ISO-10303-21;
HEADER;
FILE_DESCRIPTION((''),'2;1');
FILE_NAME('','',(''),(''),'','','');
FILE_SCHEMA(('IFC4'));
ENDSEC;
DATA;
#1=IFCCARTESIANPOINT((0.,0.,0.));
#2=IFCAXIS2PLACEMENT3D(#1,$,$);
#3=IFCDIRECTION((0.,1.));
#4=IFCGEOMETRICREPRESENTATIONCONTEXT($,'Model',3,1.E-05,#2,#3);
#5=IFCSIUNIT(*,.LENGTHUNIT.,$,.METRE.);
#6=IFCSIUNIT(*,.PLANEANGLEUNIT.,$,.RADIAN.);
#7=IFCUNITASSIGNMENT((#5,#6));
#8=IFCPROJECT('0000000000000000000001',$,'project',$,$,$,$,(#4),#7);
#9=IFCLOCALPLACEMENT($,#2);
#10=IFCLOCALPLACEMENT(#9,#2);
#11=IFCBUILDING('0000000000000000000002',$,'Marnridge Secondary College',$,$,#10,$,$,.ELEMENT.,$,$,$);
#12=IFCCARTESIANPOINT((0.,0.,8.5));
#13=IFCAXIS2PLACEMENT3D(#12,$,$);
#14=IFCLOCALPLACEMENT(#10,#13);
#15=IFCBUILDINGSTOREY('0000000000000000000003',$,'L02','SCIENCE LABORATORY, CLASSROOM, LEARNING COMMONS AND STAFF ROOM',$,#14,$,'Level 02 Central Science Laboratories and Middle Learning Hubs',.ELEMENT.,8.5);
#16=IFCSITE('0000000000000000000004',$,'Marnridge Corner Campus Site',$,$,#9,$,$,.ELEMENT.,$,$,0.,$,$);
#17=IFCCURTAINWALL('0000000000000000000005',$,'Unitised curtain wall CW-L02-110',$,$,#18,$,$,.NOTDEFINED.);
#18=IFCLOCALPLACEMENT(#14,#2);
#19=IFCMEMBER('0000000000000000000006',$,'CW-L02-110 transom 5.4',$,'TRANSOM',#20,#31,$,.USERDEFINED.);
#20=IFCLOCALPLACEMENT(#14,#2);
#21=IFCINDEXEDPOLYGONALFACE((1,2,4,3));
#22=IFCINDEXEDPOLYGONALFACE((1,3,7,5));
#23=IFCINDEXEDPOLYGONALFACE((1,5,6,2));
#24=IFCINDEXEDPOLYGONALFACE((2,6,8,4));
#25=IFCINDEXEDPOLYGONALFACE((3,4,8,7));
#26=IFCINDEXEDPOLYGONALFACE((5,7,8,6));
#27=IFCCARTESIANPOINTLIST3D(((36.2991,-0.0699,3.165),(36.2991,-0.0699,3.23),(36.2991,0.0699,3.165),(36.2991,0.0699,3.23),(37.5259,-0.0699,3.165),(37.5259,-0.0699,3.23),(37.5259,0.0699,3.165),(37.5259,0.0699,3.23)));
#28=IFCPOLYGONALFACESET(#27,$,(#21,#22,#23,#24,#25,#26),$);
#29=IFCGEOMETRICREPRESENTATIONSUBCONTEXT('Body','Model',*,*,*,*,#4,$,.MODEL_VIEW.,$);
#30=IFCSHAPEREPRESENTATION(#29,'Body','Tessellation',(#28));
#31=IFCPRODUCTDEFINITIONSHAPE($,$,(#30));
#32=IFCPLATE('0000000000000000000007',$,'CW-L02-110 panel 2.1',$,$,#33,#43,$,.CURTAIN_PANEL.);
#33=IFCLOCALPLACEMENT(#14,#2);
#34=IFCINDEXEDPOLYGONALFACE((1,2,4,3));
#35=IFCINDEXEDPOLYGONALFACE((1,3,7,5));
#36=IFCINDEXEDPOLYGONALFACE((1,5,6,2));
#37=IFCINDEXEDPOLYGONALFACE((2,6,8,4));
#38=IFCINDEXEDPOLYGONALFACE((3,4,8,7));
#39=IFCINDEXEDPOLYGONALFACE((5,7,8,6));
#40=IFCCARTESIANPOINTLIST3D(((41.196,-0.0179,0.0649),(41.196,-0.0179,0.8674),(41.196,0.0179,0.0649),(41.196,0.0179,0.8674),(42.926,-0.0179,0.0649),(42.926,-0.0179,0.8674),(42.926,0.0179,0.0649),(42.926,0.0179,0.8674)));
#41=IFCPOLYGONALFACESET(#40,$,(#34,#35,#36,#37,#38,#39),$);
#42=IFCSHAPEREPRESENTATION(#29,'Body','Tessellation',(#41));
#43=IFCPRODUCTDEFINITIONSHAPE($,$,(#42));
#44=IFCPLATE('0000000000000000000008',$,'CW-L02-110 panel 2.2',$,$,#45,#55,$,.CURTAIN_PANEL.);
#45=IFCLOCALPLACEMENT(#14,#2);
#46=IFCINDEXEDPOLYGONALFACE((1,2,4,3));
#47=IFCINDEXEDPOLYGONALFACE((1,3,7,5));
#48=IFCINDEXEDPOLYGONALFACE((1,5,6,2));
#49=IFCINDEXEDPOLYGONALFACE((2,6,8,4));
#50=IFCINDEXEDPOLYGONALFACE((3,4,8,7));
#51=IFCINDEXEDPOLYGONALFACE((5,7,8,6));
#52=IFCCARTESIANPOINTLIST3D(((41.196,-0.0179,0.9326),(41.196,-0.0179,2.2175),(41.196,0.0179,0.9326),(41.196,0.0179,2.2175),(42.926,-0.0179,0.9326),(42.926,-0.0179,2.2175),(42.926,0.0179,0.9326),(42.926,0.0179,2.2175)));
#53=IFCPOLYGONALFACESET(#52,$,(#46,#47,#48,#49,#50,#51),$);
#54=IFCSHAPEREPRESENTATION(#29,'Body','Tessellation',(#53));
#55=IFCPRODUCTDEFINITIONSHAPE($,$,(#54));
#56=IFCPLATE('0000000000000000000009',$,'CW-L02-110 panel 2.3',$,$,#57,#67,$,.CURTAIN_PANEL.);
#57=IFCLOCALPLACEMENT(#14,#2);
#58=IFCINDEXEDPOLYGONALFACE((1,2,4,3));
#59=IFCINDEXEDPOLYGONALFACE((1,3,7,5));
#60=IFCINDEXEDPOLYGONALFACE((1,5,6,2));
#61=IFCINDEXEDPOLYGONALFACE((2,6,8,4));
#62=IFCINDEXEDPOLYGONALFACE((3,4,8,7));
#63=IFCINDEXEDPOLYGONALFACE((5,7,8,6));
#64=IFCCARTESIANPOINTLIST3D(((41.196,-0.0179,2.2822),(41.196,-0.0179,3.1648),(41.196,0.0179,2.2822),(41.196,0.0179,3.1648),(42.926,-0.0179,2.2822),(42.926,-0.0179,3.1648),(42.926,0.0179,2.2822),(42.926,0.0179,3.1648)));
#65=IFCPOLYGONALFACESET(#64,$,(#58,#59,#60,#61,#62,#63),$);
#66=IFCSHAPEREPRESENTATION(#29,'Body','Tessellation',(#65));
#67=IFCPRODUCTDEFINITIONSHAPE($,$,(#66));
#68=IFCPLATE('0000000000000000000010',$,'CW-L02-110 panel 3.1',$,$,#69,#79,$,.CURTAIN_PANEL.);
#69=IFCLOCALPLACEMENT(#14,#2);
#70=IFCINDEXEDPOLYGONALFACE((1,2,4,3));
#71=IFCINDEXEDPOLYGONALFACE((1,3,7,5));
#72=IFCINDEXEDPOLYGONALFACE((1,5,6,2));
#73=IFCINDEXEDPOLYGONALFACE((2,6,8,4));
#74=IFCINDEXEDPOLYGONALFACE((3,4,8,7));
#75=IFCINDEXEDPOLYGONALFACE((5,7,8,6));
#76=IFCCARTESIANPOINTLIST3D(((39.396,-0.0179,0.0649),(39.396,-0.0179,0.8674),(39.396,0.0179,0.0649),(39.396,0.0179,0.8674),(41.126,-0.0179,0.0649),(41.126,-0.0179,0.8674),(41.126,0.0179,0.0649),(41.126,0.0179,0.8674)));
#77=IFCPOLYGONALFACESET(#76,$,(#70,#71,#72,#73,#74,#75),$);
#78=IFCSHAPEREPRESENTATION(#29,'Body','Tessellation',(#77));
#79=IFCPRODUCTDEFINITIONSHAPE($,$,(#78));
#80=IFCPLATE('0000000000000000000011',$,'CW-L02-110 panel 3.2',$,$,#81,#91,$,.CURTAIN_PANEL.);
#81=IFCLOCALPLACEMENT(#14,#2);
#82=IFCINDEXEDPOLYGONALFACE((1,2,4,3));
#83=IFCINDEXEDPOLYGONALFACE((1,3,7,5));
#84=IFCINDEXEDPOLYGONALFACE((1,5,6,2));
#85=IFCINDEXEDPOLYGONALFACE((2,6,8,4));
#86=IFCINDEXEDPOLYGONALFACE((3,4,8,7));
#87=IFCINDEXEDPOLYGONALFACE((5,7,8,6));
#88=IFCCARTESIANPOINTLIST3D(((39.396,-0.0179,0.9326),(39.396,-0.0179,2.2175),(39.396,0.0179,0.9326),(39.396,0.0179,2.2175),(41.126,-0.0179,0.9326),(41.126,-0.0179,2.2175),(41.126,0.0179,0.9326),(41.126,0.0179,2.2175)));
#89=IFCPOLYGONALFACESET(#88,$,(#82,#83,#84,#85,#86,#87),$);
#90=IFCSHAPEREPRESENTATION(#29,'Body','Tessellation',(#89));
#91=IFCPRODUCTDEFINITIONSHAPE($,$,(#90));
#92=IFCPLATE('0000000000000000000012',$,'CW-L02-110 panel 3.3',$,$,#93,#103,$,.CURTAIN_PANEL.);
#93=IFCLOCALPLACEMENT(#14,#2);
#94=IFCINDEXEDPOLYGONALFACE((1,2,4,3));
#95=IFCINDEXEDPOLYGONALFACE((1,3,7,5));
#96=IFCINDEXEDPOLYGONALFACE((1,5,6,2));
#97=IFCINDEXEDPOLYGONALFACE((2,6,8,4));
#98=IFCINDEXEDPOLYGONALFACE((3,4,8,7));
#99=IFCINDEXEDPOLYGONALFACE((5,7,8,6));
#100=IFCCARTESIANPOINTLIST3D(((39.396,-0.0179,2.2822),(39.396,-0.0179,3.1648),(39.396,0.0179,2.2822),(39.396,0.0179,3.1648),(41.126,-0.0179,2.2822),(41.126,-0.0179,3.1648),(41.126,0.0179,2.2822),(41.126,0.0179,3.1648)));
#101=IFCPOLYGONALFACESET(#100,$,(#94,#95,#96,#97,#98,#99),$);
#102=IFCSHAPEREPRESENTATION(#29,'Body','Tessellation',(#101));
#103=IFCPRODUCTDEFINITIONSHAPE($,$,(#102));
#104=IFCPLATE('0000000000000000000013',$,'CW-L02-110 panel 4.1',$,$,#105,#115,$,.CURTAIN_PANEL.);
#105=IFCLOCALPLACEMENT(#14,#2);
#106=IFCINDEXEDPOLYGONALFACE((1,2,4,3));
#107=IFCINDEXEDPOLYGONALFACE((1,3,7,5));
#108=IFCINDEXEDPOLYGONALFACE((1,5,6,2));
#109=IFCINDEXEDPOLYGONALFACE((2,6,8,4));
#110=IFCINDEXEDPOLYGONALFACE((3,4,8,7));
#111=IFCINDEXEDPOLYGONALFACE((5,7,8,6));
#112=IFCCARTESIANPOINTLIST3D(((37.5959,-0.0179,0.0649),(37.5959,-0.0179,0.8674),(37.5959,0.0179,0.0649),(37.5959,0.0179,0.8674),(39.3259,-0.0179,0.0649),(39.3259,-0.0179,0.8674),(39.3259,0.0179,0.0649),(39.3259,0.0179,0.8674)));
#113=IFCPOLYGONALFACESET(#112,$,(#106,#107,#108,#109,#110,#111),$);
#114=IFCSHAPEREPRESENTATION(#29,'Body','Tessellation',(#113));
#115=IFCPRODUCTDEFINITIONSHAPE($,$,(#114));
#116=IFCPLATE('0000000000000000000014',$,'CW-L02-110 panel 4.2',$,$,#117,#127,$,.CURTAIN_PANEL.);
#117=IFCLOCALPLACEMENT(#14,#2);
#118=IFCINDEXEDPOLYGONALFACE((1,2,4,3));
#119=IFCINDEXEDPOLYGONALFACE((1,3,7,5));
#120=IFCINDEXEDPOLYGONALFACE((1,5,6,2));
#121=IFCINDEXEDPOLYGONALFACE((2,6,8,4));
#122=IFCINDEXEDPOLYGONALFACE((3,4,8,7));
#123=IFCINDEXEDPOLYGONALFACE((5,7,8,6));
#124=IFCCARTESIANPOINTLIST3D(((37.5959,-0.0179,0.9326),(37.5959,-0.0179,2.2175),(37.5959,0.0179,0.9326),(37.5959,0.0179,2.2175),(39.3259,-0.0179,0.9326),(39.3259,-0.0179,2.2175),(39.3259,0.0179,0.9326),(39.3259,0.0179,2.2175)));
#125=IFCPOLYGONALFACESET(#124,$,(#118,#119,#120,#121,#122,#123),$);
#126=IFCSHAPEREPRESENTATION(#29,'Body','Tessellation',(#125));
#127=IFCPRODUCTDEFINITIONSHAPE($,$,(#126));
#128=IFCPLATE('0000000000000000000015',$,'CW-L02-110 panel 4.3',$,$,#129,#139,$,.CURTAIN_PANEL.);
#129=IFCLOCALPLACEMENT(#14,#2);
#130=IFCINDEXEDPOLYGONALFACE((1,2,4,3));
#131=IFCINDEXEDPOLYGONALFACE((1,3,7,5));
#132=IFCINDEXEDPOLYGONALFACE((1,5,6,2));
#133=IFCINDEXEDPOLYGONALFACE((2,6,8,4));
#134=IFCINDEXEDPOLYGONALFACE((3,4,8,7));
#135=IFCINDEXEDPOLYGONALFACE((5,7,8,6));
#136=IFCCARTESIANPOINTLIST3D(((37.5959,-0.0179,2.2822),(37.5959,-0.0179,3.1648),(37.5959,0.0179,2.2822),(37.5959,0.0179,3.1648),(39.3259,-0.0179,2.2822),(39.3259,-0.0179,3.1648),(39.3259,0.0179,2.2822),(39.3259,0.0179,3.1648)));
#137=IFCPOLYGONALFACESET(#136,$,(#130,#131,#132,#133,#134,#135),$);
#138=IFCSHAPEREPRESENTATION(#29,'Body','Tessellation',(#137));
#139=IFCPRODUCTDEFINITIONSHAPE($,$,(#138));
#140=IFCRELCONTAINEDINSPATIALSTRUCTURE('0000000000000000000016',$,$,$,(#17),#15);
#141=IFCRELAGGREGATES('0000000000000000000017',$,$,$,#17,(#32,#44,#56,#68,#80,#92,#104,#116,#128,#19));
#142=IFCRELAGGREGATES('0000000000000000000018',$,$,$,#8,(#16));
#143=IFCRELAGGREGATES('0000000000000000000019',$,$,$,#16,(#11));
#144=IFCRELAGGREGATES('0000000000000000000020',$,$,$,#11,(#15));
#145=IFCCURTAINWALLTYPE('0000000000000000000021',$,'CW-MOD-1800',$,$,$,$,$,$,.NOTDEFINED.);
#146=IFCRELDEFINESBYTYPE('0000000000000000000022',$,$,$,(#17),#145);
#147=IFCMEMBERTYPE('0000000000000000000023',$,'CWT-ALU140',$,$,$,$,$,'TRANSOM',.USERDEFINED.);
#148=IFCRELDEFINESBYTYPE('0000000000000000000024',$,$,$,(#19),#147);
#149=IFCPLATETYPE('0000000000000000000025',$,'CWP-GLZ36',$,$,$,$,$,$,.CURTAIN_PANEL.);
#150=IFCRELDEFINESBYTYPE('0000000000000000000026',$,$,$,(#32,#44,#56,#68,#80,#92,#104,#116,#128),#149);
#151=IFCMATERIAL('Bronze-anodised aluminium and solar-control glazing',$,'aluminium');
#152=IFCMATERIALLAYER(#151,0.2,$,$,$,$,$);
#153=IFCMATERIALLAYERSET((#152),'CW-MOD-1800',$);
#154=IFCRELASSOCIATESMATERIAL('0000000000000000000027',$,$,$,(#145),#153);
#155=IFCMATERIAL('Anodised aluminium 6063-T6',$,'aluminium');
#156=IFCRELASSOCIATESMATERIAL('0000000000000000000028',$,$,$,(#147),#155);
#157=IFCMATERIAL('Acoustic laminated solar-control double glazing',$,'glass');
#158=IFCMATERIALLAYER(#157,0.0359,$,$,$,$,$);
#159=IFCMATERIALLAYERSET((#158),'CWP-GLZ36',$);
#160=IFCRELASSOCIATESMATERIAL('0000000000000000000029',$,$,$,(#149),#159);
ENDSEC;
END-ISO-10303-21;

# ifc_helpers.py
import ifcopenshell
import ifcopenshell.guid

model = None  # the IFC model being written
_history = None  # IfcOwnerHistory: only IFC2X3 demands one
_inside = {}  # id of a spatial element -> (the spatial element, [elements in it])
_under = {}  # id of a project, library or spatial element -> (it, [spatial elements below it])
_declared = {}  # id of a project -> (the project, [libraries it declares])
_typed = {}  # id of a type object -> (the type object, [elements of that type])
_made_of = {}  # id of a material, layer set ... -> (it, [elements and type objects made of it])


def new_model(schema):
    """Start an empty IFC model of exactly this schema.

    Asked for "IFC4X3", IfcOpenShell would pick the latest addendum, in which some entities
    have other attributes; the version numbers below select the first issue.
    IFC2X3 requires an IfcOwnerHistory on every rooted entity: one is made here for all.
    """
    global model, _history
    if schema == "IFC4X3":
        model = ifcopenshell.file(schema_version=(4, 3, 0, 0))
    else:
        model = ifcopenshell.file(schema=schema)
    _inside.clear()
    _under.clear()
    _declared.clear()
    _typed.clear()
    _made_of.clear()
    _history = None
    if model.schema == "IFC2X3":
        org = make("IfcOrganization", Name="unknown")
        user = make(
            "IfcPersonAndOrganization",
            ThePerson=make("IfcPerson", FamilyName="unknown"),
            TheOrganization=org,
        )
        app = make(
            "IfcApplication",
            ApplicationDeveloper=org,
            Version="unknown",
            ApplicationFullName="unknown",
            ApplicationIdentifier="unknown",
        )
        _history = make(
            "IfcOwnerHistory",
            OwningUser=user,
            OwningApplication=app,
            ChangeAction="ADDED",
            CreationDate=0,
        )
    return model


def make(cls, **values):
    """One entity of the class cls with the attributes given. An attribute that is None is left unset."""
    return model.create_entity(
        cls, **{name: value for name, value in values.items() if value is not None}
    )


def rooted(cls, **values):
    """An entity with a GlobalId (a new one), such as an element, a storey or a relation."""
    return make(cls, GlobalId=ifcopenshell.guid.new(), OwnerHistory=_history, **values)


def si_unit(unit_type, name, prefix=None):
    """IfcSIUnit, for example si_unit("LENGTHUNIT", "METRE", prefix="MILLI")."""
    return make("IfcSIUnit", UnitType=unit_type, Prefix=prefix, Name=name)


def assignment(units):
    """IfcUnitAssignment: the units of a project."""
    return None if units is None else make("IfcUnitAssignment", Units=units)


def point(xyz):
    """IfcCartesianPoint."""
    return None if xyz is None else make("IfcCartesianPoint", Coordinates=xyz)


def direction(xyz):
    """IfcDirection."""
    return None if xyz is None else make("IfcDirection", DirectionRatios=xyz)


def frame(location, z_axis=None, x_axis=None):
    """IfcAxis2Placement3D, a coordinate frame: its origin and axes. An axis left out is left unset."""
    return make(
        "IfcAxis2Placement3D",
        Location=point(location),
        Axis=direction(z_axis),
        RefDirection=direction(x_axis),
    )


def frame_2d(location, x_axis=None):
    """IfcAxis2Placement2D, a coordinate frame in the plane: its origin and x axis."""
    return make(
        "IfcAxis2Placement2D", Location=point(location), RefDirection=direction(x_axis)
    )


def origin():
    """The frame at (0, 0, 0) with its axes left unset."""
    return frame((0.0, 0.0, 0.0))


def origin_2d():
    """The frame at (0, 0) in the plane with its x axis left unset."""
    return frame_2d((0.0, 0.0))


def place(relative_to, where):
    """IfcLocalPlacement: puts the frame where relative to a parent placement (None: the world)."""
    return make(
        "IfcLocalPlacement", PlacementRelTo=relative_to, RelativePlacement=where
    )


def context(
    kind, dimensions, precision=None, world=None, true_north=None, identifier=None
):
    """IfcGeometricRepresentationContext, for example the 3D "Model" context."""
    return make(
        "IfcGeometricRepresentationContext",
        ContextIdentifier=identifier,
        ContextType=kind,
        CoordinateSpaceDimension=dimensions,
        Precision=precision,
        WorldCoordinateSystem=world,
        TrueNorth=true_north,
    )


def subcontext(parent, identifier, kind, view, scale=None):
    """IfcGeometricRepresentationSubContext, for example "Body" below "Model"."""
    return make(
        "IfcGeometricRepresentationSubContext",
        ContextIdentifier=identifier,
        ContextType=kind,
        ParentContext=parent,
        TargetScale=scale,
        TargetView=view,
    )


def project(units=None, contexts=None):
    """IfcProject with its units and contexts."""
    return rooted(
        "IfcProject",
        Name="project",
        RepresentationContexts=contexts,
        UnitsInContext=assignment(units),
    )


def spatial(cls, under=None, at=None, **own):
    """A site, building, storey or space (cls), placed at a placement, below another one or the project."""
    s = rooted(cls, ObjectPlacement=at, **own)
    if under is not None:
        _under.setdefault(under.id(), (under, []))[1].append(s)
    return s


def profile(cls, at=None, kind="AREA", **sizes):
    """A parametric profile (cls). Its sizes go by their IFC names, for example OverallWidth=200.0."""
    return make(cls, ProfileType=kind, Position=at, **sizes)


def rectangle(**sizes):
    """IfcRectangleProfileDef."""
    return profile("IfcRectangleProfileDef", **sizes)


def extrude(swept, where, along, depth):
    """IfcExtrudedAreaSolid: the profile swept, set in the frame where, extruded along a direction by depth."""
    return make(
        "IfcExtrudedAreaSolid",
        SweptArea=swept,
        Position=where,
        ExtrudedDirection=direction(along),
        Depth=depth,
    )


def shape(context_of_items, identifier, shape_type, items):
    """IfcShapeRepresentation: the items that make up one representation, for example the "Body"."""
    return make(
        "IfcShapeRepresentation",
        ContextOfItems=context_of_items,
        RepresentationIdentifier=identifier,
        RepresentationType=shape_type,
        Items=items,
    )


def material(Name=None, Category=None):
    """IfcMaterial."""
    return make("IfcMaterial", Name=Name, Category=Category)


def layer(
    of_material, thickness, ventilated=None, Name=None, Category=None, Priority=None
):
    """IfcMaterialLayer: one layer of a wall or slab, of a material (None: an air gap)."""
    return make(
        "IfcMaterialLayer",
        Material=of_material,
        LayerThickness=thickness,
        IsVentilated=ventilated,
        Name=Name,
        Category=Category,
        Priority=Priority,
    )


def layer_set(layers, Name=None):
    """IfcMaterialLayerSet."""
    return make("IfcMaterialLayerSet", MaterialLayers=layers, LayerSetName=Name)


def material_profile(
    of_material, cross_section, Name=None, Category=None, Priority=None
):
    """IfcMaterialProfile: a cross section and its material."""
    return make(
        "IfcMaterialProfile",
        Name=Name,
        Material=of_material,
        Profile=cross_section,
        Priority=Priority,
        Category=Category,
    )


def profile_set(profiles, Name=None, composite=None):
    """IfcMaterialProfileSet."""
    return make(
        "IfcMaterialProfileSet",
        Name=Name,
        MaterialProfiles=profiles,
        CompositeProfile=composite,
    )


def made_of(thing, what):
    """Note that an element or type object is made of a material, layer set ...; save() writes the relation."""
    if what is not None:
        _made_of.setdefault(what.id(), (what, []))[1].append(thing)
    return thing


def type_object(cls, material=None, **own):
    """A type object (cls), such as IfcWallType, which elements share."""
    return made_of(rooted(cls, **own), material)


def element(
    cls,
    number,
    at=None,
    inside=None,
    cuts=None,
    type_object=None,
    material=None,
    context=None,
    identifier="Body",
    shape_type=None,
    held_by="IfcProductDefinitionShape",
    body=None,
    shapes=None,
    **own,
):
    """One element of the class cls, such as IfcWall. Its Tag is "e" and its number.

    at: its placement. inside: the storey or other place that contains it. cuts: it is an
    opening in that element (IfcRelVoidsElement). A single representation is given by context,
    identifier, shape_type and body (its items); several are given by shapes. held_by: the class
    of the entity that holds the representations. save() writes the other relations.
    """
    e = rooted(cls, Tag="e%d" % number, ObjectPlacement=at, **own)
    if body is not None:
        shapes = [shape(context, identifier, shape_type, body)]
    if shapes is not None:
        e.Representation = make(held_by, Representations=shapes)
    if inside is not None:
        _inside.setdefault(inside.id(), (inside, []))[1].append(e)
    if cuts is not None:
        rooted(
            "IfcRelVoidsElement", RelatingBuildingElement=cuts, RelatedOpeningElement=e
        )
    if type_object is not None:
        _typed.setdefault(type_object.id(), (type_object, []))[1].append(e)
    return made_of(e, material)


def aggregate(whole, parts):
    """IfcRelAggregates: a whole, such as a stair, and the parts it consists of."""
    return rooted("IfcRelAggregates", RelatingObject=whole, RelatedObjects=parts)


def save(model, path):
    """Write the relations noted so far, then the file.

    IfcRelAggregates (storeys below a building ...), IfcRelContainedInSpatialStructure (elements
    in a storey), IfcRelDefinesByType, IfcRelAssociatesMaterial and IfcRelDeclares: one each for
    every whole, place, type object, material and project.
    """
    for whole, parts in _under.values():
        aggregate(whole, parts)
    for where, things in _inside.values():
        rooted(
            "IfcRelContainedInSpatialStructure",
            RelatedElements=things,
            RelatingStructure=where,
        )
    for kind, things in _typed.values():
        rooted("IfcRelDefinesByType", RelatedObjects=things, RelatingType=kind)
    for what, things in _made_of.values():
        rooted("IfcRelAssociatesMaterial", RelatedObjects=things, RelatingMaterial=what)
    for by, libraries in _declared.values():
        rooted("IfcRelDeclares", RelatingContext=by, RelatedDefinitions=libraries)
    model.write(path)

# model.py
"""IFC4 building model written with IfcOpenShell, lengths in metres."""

from ifc_helpers import new_model, si_unit, direction, frame, origin, origin_2d, place, context, subcontext, project, spatial, rectangle, extrude, material, layer, layer_set, material_profile, profile_set, type_object, element, aggregate, save


model = new_model("IFC4")

# Units and contexts
model_context = context("Model", 3, precision=1e-05, world=origin(), true_north=direction((0.0, 1.0)))
body_context = subcontext(model_context, "Body", "Model", "MODEL_VIEW")
ifc_project = project(units=[si_unit("LENGTHUNIT", "METRE"), si_unit("PLANEANGLEUNIT", "RADIAN")], contexts=[model_context])

# Site, building, storey
site_placement = place(None, origin())
site = spatial("IfcSite", under=ifc_project, at=site_placement, Name="Marnridge Corner Campus Site", CompositionType="ELEMENT", RefElevation=0.0)
building_placement = place(site_placement, origin())
building = spatial("IfcBuilding", under=site, at=building_placement, Name="Marnridge Secondary College", CompositionType="ELEMENT")
storey_placement = place(building_placement, frame((0.0, 0.0, 8.5)))
storey = spatial("IfcBuildingStorey", under=building, at=storey_placement, Name="L02", Description="SCIENCE LABORATORY, CLASSROOM, LEARNING COMMONS AND STAFF ROOM", LongName="Level 02 Central Science Laboratories and Middle Learning Hubs", CompositionType="ELEMENT", Elevation=8.5)

# Curtain wall, member, plates
ifc_material_1 = material(Name="Bronze-anodised aluminium and solar-control glazing", Category="aluminium")
ifc_layer_1 = layer(ifc_material_1, 0.2)
ifc_layer_set_1 = layer_set([ifc_layer_1], Name="CW-MOD-1800")
curtain_wall_type = type_object("IfcCurtainWallType", Name="CW-MOD-1800", PredefinedType="NOTDEFINED", material=ifc_layer_set_1)
curtain_wall_placement = place(storey_placement, origin())
curtain_wall = element("IfcCurtainWall", 1, at=curtain_wall_placement, inside=storey, type_object=curtain_wall_type, Name="Unitised curtain wall CW-L02-110", PredefinedType="NOTDEFINED")
ifc_material_2 = material(Name="Anodised aluminium 6063-T6", Category="aluminium")
ifc_material_profile_1 = material_profile(ifc_material_2, rectangle(XDim=0.0649, YDim=0.1399, at=origin_2d()), Name="ALU 65x140")
ifc_profile_set_1 = profile_set([ifc_material_profile_1], Name="Anodised aluminium 6063-T6")
member_type_1 = type_object("IfcMemberType", Name="CWT-ALU140", ElementType="TRANSOM", PredefinedType="USERDEFINED", material=ifc_profile_set_1)
member_1_placement = place(storey_placement, frame((37.5259, 0.0, 3.1975), z_axis=(-1.0, 0.0, 0.0), x_axis=(0.0, 0.0, 1.0)))
member_1 = element("IfcMember", 2, at=member_1_placement, type_object=member_type_1, Name="CW-L02-110 transom 5.4", ObjectType="TRANSOM", PredefinedType="USERDEFINED", context=body_context, shape_type="SweptSolid", body=[
    extrude(rectangle(XDim=0.0649, YDim=0.1399, at=origin_2d()), origin(), (0.0, 0.0, 1.0), 1.2268),
])
ifc_material_3 = material(Name="Acoustic laminated solar-control double glazing", Category="glass")
ifc_layer_2 = layer(ifc_material_3, 0.0359)
ifc_layer_set_2 = layer_set([ifc_layer_2], Name="CWP-GLZ36")
plate_type = type_object("IfcPlateType", Name="CWP-GLZ36", PredefinedType="CURTAIN_PANEL", material=ifc_layer_set_2)
plate_1_placement = place(storey_placement, frame((42.061, 0.0, 0.0649), z_axis=(0.0, 0.0, 1.0), x_axis=(-1.0, 0.0, 0.0)))
plate_1 = element("IfcPlate", 3, at=plate_1_placement, type_object=plate_type, Name="CW-L02-110 panel 2.1", PredefinedType="CURTAIN_PANEL", context=body_context, shape_type="SweptSolid", body=[
    extrude(rectangle(XDim=1.73, YDim=0.0359, at=origin_2d()), origin(), (0.0, 0.0, 1.0), 0.8025),
])
plate_2_placement = place(storey_placement, frame((42.061, 0.0, 0.9326), z_axis=(0.0, 0.0, 1.0), x_axis=(-1.0, 0.0, 0.0)))
plate_2 = element("IfcPlate", 4, at=plate_2_placement, type_object=plate_type, Name="CW-L02-110 panel 2.2", PredefinedType="CURTAIN_PANEL", context=body_context, shape_type="SweptSolid", body=[
    extrude(rectangle(XDim=1.73, YDim=0.0359, at=origin_2d()), origin(), (0.0, 0.0, 1.0), 1.2849),
])
plate_3_placement = place(storey_placement, frame((42.061, 0.0, 2.2822), z_axis=(0.0, 0.0, 1.0), x_axis=(-1.0, 0.0, 0.0)))
plate_3 = element("IfcPlate", 5, at=plate_3_placement, type_object=plate_type, Name="CW-L02-110 panel 2.3", PredefinedType="CURTAIN_PANEL", context=body_context, shape_type="SweptSolid", body=[
    extrude(rectangle(XDim=1.73, YDim=0.0359, at=origin_2d()), origin(), (0.0, 0.0, 1.0), 0.8826),
])
plate_4_placement = place(storey_placement, frame((40.261, 0.0, 0.0649), z_axis=(0.0, 0.0, 1.0), x_axis=(-1.0, 0.0, 0.0)))
plate_4 = element("IfcPlate", 6, at=plate_4_placement, type_object=plate_type, Name="CW-L02-110 panel 3.1", PredefinedType="CURTAIN_PANEL", context=body_context, shape_type="SweptSolid", body=[
    extrude(rectangle(XDim=1.73, YDim=0.0359, at=origin_2d()), origin(), (0.0, 0.0, 1.0), 0.8025),
])
plate_5_placement = place(storey_placement, frame((40.261, 0.0, 0.9326), z_axis=(0.0, 0.0, 1.0), x_axis=(-1.0, 0.0, 0.0)))
plate_5 = element("IfcPlate", 7, at=plate_5_placement, type_object=plate_type, Name="CW-L02-110 panel 3.2", PredefinedType="CURTAIN_PANEL", context=body_context, shape_type="SweptSolid", body=[
    extrude(rectangle(XDim=1.73, YDim=0.0359, at=origin_2d()), origin(), (0.0, 0.0, 1.0), 1.2849),
])
plate_6_placement = place(storey_placement, frame((40.261, 0.0, 2.2822), z_axis=(0.0, 0.0, 1.0), x_axis=(-1.0, 0.0, 0.0)))
plate_6 = element("IfcPlate", 8, at=plate_6_placement, type_object=plate_type, Name="CW-L02-110 panel 3.3", PredefinedType="CURTAIN_PANEL", context=body_context, shape_type="SweptSolid", body=[
    extrude(rectangle(XDim=1.73, YDim=0.0359, at=origin_2d()), origin(), (0.0, 0.0, 1.0), 0.8826),
])
plate_7_placement = place(storey_placement, frame((38.4609, 0.0, 0.0649), z_axis=(0.0, 0.0, 1.0), x_axis=(-1.0, 0.0, 0.0)))
plate_7 = element("IfcPlate", 9, at=plate_7_placement, type_object=plate_type, Name="CW-L02-110 panel 4.1", PredefinedType="CURTAIN_PANEL", context=body_context, shape_type="SweptSolid", body=[
    extrude(rectangle(XDim=1.73, YDim=0.0359, at=origin_2d()), origin(), (0.0, 0.0, 1.0), 0.8025),
])
plate_8_placement = place(storey_placement, frame((38.4609, 0.0, 0.9326), z_axis=(0.0, 0.0, 1.0), x_axis=(-1.0, 0.0, 0.0)))
plate_8 = element("IfcPlate", 10, at=plate_8_placement, type_object=plate_type, Name="CW-L02-110 panel 4.2", PredefinedType="CURTAIN_PANEL", context=body_context, shape_type="SweptSolid", body=[
    extrude(rectangle(XDim=1.73, YDim=0.0359, at=origin_2d()), origin(), (0.0, 0.0, 1.0), 1.2849),
])
plate_9_placement = place(storey_placement, frame((38.4609, 0.0, 2.2822), z_axis=(0.0, 0.0, 1.0), x_axis=(-1.0, 0.0, 0.0)))
plate_9 = element("IfcPlate", 11, at=plate_9_placement, type_object=plate_type, Name="CW-L02-110 panel 4.3", PredefinedType="CURTAIN_PANEL", context=body_context, shape_type="SweptSolid", body=[
    extrude(rectangle(XDim=1.73, YDim=0.0359, at=origin_2d()), origin(), (0.0, 0.0, 1.0), 0.8826),
])
aggregate(curtain_wall, [plate_1, plate_2, plate_3, plate_4, plate_5, plate_6, plate_7, plate_8, plate_9, member_1])

save(model, "model.ifc")
